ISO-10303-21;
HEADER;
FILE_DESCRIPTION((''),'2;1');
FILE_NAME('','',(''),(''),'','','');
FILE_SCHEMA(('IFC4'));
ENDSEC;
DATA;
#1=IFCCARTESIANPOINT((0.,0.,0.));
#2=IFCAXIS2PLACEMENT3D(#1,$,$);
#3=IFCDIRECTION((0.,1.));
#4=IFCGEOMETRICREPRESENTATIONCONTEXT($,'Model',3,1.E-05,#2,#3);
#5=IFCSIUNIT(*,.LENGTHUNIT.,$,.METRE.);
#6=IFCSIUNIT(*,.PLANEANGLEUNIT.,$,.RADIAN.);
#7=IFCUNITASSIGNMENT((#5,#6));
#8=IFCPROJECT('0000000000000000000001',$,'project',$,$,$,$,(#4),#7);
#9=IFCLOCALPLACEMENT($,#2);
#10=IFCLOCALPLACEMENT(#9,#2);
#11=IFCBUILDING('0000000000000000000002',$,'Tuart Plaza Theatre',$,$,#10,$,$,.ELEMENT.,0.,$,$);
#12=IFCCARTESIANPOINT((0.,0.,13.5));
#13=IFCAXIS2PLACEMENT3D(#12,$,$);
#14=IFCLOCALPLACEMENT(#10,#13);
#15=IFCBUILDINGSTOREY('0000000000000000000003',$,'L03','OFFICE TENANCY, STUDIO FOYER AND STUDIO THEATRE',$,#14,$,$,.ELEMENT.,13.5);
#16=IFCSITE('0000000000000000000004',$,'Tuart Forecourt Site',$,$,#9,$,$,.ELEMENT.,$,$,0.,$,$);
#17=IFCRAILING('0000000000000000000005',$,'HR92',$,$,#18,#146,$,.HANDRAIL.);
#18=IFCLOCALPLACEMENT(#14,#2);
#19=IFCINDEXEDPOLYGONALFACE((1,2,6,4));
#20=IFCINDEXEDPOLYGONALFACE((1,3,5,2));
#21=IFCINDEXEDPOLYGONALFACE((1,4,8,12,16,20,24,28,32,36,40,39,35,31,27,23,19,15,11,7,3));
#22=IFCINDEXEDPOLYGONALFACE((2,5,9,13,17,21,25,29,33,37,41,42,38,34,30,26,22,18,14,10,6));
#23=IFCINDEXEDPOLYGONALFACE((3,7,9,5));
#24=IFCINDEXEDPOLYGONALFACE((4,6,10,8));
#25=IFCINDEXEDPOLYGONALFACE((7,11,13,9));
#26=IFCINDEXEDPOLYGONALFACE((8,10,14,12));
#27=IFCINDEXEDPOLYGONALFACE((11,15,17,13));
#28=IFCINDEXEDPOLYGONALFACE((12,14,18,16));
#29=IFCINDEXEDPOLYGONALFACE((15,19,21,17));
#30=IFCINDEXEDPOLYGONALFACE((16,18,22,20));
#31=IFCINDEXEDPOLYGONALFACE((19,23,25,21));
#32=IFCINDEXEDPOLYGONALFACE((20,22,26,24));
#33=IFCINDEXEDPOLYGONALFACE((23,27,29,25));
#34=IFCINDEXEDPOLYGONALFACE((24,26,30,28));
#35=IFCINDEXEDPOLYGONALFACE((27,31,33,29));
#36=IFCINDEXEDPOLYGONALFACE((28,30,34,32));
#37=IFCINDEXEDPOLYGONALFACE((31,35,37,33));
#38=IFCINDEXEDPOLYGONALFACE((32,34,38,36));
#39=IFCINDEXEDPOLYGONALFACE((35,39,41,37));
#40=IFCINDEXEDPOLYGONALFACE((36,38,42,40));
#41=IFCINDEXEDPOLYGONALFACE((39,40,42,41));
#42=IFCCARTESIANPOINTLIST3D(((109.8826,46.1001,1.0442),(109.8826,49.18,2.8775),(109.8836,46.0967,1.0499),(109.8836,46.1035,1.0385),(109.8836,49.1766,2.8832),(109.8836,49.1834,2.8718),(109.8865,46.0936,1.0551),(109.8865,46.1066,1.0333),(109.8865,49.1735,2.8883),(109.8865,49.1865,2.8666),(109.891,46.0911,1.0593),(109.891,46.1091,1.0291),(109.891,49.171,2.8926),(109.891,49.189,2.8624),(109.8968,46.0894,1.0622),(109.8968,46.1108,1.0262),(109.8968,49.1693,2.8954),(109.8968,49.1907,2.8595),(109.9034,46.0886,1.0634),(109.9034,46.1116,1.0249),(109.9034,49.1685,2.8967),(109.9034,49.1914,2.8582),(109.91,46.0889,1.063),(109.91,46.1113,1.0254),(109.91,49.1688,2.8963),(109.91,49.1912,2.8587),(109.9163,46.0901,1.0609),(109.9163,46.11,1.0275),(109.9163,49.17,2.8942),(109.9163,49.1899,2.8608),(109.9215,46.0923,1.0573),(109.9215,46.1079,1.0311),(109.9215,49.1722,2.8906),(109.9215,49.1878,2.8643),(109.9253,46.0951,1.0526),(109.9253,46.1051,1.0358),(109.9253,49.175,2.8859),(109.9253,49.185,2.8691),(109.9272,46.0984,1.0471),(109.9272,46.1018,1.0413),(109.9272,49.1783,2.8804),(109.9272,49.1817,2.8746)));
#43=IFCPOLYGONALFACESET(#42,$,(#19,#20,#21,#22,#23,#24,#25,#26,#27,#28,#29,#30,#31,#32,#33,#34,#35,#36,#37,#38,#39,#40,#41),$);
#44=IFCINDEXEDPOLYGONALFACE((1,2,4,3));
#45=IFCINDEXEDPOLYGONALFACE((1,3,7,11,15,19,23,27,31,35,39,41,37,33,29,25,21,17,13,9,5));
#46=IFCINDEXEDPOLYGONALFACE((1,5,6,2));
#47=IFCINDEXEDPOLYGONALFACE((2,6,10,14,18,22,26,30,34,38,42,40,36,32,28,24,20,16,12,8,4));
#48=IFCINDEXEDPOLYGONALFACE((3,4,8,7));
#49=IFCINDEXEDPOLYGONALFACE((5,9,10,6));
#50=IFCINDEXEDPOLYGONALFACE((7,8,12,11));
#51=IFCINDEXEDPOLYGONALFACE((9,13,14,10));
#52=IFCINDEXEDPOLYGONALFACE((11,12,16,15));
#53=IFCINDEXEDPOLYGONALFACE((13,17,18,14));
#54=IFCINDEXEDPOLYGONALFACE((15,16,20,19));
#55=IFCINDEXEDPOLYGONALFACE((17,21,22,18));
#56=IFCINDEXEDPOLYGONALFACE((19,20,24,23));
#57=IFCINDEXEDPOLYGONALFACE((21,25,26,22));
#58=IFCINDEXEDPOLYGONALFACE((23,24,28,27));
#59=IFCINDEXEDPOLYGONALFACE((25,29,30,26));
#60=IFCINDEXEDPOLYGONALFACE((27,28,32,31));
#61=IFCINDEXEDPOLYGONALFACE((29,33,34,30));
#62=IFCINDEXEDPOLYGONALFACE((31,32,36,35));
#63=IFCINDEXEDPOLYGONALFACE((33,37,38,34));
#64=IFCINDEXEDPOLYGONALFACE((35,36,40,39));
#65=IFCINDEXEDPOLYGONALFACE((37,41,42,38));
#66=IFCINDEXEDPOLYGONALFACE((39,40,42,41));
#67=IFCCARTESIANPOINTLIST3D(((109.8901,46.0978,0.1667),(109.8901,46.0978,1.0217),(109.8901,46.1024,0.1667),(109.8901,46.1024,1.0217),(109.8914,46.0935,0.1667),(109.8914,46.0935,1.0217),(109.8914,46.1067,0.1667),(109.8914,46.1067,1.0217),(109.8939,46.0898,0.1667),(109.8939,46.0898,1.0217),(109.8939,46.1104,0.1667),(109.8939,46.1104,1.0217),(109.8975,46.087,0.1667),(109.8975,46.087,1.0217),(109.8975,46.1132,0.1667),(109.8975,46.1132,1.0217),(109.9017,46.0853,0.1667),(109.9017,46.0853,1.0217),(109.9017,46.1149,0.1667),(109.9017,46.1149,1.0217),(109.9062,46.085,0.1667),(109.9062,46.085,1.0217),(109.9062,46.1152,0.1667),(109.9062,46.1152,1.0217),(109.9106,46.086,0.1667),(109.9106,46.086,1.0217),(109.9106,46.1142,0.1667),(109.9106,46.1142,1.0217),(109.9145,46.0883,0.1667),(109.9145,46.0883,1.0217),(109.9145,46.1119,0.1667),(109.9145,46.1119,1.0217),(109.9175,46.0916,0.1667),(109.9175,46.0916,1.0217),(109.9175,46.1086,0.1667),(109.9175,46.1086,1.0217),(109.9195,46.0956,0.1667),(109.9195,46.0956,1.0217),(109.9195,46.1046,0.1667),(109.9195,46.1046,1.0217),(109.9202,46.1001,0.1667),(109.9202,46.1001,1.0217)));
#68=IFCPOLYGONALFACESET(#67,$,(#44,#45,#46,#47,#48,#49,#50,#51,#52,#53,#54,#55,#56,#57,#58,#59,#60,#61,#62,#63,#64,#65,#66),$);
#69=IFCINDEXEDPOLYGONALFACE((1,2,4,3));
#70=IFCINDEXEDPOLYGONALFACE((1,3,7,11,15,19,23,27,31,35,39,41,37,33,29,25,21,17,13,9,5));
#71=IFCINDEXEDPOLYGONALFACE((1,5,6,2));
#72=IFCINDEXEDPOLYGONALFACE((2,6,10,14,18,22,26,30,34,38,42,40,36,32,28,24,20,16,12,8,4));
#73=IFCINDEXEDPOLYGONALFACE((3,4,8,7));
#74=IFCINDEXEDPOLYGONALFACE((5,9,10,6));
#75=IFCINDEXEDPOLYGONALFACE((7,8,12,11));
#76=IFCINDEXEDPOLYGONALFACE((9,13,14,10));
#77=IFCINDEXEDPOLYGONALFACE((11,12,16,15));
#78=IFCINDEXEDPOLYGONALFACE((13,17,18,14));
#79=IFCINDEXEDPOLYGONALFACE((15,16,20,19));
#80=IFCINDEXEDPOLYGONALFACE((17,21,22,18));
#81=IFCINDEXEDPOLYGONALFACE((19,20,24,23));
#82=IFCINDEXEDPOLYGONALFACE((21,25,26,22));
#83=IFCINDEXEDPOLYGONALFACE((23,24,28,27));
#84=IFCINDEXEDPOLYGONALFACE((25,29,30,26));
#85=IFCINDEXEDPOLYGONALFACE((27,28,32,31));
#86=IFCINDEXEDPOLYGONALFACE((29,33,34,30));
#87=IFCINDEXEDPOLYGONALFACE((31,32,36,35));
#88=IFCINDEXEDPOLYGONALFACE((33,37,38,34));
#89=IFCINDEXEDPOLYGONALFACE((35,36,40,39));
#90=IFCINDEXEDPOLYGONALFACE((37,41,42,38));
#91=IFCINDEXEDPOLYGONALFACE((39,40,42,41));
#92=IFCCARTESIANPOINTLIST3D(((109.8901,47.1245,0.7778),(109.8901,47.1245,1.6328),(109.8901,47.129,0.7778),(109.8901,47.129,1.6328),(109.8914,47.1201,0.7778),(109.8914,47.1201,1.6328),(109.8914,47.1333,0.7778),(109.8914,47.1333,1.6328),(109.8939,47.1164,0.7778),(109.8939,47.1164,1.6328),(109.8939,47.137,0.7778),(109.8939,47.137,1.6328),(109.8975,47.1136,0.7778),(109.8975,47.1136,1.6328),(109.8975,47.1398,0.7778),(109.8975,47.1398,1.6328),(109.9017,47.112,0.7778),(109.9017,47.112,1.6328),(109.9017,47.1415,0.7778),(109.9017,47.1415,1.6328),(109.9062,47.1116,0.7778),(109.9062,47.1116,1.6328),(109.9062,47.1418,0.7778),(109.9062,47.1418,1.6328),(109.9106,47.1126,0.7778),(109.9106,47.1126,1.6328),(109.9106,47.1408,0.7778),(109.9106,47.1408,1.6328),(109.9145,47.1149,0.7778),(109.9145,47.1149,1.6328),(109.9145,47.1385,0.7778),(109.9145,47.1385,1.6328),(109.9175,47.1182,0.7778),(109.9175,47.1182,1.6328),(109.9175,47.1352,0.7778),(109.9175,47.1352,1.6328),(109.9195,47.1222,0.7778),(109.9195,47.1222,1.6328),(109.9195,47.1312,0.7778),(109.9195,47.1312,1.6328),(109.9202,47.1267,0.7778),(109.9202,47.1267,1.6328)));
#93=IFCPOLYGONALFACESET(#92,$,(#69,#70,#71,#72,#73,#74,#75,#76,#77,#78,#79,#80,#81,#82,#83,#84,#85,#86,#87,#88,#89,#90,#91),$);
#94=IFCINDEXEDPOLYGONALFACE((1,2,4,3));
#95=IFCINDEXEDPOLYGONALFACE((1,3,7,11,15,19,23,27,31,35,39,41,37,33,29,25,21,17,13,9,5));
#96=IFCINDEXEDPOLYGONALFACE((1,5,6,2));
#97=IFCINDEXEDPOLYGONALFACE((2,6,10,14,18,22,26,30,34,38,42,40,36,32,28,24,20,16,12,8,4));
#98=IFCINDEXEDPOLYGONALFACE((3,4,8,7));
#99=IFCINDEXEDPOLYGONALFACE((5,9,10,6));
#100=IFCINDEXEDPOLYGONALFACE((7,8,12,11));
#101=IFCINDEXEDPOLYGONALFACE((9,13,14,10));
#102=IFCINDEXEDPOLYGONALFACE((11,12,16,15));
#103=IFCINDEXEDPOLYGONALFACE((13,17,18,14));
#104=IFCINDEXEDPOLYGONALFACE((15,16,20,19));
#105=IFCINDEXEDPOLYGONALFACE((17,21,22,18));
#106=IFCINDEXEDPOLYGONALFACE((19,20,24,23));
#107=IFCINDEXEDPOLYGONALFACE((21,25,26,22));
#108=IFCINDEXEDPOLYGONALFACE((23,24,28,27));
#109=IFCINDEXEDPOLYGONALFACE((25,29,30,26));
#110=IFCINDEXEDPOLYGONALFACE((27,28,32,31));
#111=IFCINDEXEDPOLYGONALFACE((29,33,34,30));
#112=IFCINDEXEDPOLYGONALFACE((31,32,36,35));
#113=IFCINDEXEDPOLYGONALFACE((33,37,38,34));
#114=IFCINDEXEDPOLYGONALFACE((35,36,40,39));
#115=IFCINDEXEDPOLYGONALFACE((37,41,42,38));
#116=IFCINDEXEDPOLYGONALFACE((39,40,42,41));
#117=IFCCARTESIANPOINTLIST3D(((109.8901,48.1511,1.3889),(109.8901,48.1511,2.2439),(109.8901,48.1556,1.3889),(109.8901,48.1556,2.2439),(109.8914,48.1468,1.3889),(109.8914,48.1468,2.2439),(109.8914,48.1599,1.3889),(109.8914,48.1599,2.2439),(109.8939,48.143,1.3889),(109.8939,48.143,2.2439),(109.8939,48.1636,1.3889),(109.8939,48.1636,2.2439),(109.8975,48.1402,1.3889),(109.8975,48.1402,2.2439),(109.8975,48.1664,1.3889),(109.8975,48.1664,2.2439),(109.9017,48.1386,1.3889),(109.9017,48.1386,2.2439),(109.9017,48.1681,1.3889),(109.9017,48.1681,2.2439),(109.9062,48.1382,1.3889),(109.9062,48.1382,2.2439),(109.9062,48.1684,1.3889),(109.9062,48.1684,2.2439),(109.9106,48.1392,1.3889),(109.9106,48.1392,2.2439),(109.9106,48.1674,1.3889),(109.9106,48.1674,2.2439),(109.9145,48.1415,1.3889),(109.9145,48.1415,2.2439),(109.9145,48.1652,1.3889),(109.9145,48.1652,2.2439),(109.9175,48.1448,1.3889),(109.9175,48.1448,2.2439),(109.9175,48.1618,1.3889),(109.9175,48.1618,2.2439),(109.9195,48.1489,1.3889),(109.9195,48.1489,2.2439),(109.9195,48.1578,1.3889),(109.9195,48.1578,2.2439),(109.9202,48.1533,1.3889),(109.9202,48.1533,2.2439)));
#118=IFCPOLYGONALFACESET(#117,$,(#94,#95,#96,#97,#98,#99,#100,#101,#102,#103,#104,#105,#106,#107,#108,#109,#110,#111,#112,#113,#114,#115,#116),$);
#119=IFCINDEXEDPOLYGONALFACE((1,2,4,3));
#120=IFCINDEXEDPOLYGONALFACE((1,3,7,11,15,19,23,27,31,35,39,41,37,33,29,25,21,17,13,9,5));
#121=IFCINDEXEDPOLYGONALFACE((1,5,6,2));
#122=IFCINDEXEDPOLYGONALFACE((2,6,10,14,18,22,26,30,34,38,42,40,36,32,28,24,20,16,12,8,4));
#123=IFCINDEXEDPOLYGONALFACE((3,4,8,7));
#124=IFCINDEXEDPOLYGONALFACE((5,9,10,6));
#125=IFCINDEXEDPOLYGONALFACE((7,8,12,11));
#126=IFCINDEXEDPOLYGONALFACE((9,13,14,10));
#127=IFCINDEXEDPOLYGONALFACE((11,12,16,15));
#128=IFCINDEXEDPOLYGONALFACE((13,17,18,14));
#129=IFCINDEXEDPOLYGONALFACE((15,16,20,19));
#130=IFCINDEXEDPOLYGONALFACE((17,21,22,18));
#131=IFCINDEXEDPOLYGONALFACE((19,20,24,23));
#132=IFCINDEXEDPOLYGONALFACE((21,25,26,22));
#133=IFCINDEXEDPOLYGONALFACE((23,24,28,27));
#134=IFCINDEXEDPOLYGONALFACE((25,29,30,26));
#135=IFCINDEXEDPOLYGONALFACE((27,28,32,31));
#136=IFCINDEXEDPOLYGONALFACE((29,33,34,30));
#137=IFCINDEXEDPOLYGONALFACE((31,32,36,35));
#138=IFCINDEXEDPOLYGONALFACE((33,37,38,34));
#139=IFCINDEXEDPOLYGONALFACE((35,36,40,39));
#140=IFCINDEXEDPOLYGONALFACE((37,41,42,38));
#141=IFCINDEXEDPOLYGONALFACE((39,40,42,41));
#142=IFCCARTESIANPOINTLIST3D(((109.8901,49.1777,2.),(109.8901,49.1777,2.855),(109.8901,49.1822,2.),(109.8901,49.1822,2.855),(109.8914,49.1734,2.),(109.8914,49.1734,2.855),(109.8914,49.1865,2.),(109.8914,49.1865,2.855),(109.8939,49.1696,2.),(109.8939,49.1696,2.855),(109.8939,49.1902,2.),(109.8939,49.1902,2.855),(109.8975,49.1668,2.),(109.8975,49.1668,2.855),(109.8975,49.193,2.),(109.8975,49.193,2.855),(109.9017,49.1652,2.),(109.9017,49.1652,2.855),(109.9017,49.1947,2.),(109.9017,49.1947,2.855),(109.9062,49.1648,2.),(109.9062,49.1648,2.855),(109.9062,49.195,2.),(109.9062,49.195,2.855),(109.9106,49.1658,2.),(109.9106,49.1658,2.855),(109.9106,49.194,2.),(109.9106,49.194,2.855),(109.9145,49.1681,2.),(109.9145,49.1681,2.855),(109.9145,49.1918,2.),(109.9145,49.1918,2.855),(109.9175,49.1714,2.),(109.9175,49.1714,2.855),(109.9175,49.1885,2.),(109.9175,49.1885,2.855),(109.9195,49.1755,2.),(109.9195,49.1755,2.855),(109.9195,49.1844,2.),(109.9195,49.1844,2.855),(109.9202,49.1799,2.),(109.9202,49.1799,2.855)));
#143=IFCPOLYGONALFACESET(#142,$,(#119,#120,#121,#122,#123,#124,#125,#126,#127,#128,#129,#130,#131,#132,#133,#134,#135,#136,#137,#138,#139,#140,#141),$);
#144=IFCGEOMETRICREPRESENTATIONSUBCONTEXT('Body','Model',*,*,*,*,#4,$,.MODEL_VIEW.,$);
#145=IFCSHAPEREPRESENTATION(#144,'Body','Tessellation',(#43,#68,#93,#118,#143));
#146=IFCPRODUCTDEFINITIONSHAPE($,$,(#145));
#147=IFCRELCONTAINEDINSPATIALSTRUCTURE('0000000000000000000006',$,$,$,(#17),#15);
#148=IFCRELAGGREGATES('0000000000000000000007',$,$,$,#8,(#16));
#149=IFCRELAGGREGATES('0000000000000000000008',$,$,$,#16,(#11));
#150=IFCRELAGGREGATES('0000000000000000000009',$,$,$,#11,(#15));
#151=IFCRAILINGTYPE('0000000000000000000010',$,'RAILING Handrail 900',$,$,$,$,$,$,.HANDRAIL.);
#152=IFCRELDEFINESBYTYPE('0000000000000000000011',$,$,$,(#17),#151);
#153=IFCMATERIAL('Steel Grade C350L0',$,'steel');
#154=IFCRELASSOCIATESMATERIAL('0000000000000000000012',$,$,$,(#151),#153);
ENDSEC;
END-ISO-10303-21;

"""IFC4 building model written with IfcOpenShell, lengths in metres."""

from ifc_helpers import new_model, si_unit, direction, frame, origin, origin_2d, place, context, subcontext, project, spatial, circle, extrude, material, type_object, element, save


model = new_model("IFC4")

# Units and contexts
model_context = context("Model", 3, precision=1e-05, world=origin(), true_north=direction((0.0, 1.0)))
body_context = subcontext(model_context, "Body", "Model", "MODEL_VIEW")
ifc_project = project(units=[si_unit("LENGTHUNIT", "METRE"), si_unit("PLANEANGLEUNIT", "RADIAN")], contexts=[model_context])

# Site, building, storey
site_placement = place(None, origin())
site = spatial("IfcSite", under=ifc_project, at=site_placement, Name="Tuart Forecourt Site", CompositionType="ELEMENT", RefElevation=0.0)
building_placement = place(site_placement, origin())
building = spatial("IfcBuilding", under=site, at=building_placement, Name="Tuart Plaza Theatre", CompositionType="ELEMENT", ElevationOfRefHeight=0.0)
storey_placement = place(building_placement, frame((0.0, 0.0, 13.5)))
storey = spatial("IfcBuildingStorey", under=building, at=storey_placement, Name="L03", Description="OFFICE TENANCY, STUDIO FOYER AND STUDIO THEATRE", CompositionType="ELEMENT", Elevation=13.5)

# Railing
ifc_material_1 = material(Name="Steel Grade C350L0", Category="steel")
railing_type_1 = type_object("IfcRailingType", Name="RAILING Handrail 900", PredefinedType="HANDRAIL", material=ifc_material_1)
railing_1_placement = place(storey_placement, frame((109.905, 46.1001, 0.1667)))
element("IfcRailing", 1, at=railing_1_placement, inside=storey, type_object=railing_type_1, Name="HR92", PredefinedType="HANDRAIL", context=body_context, shape_type="SweptSolid", body=[
    extrude(circle(Radius=0.0225, at=origin_2d()), frame((0.0, 0.0, 0.8774), z_axis=(0.0, 0.859291, 0.511487), x_axis=(-1.0, 0.0, 0.0)), (0.0, 0.0, 1.0), 3.5842),
    extrude(circle(Radius=0.0151, at=origin_2d()), origin(), (0.0, 0.0, 1.0), 0.855),
    extrude(circle(Radius=0.0151, at=origin_2d()), frame((0.0, 1.0266, 0.6111)), (0.0, 0.0, 1.0), 0.855),
    extrude(circle(Radius=0.0151, at=origin_2d()), frame((0.0, 2.0532, 1.2222)), (0.0, 0.0, 1.0), 0.855),
    extrude(circle(Radius=0.0151, at=origin_2d()), frame((0.0, 3.0798, 1.8333)), (0.0, 0.0, 1.0), 0.855),
])

save(model, "model.ifc")
